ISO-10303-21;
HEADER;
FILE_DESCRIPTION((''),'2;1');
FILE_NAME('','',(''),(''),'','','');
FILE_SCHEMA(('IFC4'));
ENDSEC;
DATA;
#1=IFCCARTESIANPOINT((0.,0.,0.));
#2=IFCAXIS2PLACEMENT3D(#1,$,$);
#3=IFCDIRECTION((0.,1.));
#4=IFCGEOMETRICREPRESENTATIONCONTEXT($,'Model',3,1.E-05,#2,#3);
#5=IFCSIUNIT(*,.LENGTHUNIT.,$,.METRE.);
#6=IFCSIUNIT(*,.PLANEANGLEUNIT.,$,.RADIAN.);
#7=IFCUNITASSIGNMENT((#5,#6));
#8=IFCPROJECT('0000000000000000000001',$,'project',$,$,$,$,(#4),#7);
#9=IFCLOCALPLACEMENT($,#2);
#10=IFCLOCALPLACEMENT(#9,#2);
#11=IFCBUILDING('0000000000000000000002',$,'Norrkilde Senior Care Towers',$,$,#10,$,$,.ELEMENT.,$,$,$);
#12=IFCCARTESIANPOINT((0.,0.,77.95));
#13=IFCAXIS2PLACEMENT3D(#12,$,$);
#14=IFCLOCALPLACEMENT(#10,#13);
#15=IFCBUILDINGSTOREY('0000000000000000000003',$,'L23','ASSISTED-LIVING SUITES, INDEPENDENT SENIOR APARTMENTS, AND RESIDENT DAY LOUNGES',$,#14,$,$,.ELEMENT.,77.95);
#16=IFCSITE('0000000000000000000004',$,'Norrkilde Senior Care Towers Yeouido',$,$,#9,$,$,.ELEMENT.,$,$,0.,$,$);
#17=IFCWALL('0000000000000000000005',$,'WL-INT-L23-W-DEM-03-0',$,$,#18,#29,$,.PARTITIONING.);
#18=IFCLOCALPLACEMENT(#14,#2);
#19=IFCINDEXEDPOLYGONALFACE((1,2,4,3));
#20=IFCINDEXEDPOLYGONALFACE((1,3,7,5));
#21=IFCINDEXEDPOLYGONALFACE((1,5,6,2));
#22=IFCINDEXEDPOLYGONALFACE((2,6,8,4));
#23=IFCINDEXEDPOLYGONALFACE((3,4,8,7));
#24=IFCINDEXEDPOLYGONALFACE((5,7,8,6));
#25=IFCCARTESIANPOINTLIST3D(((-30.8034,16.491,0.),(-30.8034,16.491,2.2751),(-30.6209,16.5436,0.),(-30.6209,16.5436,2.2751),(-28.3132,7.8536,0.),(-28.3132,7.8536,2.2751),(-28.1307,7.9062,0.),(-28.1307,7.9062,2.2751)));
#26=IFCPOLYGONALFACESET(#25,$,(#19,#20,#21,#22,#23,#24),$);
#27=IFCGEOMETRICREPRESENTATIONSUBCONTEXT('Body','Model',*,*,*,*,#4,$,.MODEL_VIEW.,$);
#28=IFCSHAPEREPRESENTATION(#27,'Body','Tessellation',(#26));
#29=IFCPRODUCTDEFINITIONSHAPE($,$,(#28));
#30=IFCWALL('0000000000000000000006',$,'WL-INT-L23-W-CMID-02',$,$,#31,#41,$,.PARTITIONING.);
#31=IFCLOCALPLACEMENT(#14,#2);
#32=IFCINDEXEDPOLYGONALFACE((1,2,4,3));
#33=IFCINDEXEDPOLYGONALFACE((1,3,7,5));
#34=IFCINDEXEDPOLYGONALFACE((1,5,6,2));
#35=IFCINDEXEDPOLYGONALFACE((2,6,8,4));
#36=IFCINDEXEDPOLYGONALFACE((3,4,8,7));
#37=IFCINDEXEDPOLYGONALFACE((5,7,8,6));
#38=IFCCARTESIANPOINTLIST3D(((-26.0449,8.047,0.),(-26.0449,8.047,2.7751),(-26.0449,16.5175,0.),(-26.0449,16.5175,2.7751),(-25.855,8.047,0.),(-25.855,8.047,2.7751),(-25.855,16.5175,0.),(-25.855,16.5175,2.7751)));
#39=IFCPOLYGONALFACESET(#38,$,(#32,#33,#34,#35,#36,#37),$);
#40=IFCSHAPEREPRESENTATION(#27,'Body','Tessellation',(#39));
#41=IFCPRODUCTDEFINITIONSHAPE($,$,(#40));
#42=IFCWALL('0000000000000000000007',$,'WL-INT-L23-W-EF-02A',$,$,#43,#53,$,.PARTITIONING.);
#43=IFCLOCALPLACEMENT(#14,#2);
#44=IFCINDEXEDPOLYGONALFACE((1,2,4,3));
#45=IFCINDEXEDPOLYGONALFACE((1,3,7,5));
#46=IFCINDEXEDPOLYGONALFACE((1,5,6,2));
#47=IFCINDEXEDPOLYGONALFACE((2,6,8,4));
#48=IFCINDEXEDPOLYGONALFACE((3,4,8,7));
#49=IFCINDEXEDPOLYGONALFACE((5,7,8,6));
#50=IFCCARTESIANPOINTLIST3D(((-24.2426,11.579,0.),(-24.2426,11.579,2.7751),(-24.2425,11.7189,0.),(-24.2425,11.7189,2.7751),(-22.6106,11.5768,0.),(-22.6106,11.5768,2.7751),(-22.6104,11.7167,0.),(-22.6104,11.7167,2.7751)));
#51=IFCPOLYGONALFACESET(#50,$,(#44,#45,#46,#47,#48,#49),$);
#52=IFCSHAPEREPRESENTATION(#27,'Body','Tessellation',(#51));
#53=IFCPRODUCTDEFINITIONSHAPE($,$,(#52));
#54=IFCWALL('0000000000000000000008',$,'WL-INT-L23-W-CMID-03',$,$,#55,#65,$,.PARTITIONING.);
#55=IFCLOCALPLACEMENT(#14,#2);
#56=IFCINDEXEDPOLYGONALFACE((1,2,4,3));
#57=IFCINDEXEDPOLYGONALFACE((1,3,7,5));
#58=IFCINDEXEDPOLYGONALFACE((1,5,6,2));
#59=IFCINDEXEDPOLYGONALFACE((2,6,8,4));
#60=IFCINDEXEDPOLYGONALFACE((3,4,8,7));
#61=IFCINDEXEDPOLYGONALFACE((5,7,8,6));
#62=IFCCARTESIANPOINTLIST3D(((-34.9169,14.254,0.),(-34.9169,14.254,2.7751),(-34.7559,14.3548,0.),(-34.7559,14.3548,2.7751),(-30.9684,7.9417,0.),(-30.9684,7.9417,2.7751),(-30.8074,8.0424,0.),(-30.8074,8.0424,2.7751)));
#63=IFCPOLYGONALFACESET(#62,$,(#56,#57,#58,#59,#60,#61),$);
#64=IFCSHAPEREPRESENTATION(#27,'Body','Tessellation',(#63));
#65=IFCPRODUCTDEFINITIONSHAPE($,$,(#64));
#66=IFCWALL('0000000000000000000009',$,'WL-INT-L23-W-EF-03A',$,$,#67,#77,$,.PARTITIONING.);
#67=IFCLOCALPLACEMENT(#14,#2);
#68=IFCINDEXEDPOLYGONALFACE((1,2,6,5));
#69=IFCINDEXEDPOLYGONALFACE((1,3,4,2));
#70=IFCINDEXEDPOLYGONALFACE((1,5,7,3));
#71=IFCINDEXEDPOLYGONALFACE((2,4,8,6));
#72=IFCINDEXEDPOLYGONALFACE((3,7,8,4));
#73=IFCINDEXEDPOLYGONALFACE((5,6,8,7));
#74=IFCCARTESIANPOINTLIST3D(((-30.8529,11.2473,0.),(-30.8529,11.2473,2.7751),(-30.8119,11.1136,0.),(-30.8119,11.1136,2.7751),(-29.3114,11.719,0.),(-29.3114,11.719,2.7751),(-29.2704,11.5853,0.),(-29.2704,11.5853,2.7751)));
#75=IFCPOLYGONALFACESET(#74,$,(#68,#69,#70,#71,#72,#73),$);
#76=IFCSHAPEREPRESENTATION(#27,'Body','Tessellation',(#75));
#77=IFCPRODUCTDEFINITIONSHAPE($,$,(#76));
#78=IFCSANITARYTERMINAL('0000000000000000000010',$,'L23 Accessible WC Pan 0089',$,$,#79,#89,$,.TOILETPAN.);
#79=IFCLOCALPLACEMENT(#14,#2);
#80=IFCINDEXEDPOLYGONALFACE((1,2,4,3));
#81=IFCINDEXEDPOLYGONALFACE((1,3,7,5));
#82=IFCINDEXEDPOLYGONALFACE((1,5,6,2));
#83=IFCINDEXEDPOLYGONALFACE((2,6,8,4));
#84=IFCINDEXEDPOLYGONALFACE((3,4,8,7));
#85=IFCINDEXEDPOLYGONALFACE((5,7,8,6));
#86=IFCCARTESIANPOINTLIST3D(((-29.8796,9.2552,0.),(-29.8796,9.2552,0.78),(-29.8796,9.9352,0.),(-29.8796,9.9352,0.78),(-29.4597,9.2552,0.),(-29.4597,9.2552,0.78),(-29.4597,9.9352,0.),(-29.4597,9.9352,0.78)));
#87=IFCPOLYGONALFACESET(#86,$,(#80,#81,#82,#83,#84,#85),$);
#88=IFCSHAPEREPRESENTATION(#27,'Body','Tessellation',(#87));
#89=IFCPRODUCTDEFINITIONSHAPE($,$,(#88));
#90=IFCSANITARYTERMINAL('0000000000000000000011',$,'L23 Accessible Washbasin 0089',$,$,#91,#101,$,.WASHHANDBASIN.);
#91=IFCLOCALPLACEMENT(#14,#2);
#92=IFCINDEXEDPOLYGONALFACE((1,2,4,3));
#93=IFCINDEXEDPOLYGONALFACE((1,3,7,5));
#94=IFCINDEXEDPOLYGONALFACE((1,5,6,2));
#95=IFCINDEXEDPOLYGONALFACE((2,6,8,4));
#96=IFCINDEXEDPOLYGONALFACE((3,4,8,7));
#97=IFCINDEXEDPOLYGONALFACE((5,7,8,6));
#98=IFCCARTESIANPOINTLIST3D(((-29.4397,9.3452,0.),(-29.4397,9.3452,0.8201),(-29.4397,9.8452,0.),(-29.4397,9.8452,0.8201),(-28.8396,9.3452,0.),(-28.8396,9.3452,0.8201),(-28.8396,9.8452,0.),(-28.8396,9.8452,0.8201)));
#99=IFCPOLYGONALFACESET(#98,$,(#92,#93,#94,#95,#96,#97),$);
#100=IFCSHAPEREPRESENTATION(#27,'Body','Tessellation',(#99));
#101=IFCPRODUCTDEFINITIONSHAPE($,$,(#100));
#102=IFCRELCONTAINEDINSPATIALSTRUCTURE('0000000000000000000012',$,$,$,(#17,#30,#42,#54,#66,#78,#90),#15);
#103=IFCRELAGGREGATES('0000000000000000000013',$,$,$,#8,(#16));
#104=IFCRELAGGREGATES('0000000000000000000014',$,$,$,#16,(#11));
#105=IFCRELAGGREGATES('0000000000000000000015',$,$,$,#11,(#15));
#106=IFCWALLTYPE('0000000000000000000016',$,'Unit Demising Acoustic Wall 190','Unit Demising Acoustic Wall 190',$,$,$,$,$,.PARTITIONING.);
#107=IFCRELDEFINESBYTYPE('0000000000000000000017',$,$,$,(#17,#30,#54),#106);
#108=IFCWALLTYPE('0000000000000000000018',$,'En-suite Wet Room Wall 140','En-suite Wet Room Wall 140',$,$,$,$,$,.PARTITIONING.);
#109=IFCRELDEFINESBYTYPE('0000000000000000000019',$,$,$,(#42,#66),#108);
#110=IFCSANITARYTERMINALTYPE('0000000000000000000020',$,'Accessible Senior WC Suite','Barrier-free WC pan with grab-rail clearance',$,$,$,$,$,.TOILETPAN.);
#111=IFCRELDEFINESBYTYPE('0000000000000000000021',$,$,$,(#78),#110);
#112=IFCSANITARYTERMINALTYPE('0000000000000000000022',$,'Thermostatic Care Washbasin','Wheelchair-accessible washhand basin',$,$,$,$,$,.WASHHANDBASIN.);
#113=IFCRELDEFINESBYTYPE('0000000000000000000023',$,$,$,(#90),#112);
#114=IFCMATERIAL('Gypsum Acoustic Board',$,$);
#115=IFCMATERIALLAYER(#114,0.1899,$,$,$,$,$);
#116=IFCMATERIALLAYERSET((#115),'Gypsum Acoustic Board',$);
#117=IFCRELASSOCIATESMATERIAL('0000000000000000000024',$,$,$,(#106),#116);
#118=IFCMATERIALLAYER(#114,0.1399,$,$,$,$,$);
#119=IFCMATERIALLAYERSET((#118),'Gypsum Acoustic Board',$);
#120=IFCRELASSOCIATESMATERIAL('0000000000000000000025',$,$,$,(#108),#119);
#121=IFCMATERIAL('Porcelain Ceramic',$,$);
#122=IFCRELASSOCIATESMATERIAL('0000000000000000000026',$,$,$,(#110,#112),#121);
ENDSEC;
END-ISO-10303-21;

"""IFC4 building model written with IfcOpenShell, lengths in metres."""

from ifc_helpers import new_model, si_unit, direction, frame, frame_2d, origin, origin_2d, place, context, subcontext, project, spatial, rectangle, extrude, source, transform, mapped, material, layer, layer_set, type_object, type_shapes, element, save


model = new_model("IFC4")

# Units and contexts
model_context = context("Model", 3, precision=1e-05, world=origin(), true_north=direction((0.0, 1.0)))
body_context = subcontext(model_context, "Body", "Model", "MODEL_VIEW")
ifc_project = project(units=[si_unit("LENGTHUNIT", "METRE"), si_unit("PLANEANGLEUNIT", "RADIAN")], contexts=[model_context])

# Site, building, storey
site_placement = place(None, origin())
site = spatial("IfcSite", under=ifc_project, at=site_placement, Name="Norrkilde Senior Care Towers Yeouido", CompositionType="ELEMENT", RefElevation=0.0)
building_placement = place(site_placement, origin())
building = spatial("IfcBuilding", under=site, at=building_placement, Name="Norrkilde Senior Care Towers", CompositionType="ELEMENT")
storey_placement = place(building_placement, frame((0.0, 0.0, 77.95)))
storey = spatial("IfcBuildingStorey", under=building, at=storey_placement, Name="L23", Description="ASSISTED-LIVING SUITES, INDEPENDENT SENIOR APARTMENTS, AND RESIDENT DAY LOUNGES", CompositionType="ELEMENT", Elevation=77.95)

# Walls
ifc_material_1 = material(Name="Gypsum Acoustic Board")
ifc_layer_1 = layer(ifc_material_1, 0.1899)
ifc_layer_set_1 = layer_set([ifc_layer_1], Name="Gypsum Acoustic Board")
wall_type_1 = type_object("IfcWallType", Name="Unit Demising Acoustic Wall 190", Description="Unit Demising Acoustic Wall 190", PredefinedType="PARTITIONING", material=ifc_layer_set_1)
shared_shape_1 = source(origin(), body_context, "Body", "SweptSolid", [
    extrude(rectangle(XDim=8.9893, YDim=0.1899, at=frame_2d((4.4946, 0.0))), origin(), (0.0, 0.0, 1.0), 2.2751),
])
wall_1_placement = place(storey_placement, frame((-28.2219, 7.8799, 0.0), z_axis=(0.0, 0.0, 1.0), x_axis=(-0.277023, 0.960863, 0.0)))
element("IfcWall", 1, at=wall_1_placement, inside=storey, type_object=wall_type_1, Name="WL-INT-L23-W-DEM-03-0", PredefinedType="PARTITIONING", context=body_context, shape_type="MappedRepresentation", body=[
    mapped(shared_shape_1, transform((0.0, 0.0, 0.0), x_axis=(1.0, 0.0, 0.0), y_axis=(0.0, 1.0, 0.0), z_axis=(0.0, 0.0, 1.0), scale=1.0)),
])
shared_shape_2 = source(origin(), body_context, "Body", "SweptSolid", [
    extrude(rectangle(XDim=8.4705, YDim=0.1899, at=frame_2d((4.2354, 0.0))), origin(), (0.0, 0.0, 1.0), 2.7751),
])
wall_2_placement = place(storey_placement, frame((-25.95, 8.0469, 0.0), z_axis=(0.0, 0.0, 1.0), x_axis=(0.0, 1.0, 0.0)))
element("IfcWall", 2, at=wall_2_placement, inside=storey, type_object=wall_type_1, Name="WL-INT-L23-W-CMID-02", PredefinedType="PARTITIONING", context=body_context, shape_type="MappedRepresentation", body=[
    mapped(shared_shape_2, transform((0.0, 0.0, 0.0), x_axis=(1.0, 0.0, 0.0), y_axis=(0.0, 1.0, 0.0), z_axis=(0.0, 0.0, 1.0), scale=1.0)),
])
ifc_layer_2 = layer(ifc_material_1, 0.1399)
ifc_layer_set_2 = layer_set([ifc_layer_2], Name="Gypsum Acoustic Board")
wall_type_2 = type_object("IfcWallType", Name="En-suite Wet Room Wall 140", Description="En-suite Wet Room Wall 140", PredefinedType="PARTITIONING", material=ifc_layer_set_2)
shared_shape_3 = source(origin(), body_context, "Body", "SweptSolid", [
    extrude(rectangle(XDim=1.6321, YDim=0.1399, at=frame_2d((0.8159, 0.0))), origin(), (0.0, 0.0, 1.0), 2.7751),
])
wall_3_placement = place(storey_placement, frame((-24.2424, 11.6489, 0.0), z_axis=(0.0, 0.0, 1.0), x_axis=(0.999999, -0.001346, 0.0)))
element("IfcWall", 3, at=wall_3_placement, inside=storey, type_object=wall_type_2, Name="WL-INT-L23-W-EF-02A", PredefinedType="PARTITIONING", context=body_context, shape_type="MappedRepresentation", body=[
    mapped(shared_shape_3, transform((0.0, 0.0, 0.0), x_axis=(1.0, 0.0, 0.0), y_axis=(0.0, 1.0, 0.0), z_axis=(0.0, 0.0, 1.0), scale=1.0)),
])
shared_shape_4 = source(origin(), body_context, "Body", "SweptSolid", [
    extrude(rectangle(XDim=7.4456, YDim=0.1899, at=frame_2d((3.7227, 0.0))), origin(), (0.0, 0.0, 1.0), 2.7751),
])
type_shapes(wall_type_1, [shared_shape_1, shared_shape_2, shared_shape_4])
wall_4_placement = place(storey_placement, frame((-30.8879, 7.9922, 0.0), z_axis=(0.0, 0.0, 1.0), x_axis=(-0.53032, 0.847797, 0.0)))
element("IfcWall", 4, at=wall_4_placement, inside=storey, type_object=wall_type_1, Name="WL-INT-L23-W-CMID-03", PredefinedType="PARTITIONING", context=body_context, shape_type="MappedRepresentation", body=[
    mapped(shared_shape_4, transform((0.0, 0.0, 0.0), x_axis=(1.0, 0.0, 0.0), y_axis=(0.0, 1.0, 0.0), z_axis=(0.0, 0.0, 1.0), scale=1.0)),
])
shared_shape_5 = source(origin(), body_context, "Body", "SweptSolid", [
    extrude(rectangle(XDim=1.6121, YDim=0.1399, at=frame_2d((0.8062, 0.0))), origin(), (0.0, 0.0, 1.0), 2.7751),
])
type_shapes(wall_type_2, [shared_shape_3, shared_shape_5])
wall_5_placement = place(storey_placement, frame((-30.8325, 11.1804, 0.0), z_axis=(0.0, 0.0, 1.0), x_axis=(0.956236, 0.292596, 0.0)))
element("IfcWall", 5, at=wall_5_placement, inside=storey, type_object=wall_type_2, Name="WL-INT-L23-W-EF-03A", PredefinedType="PARTITIONING", context=body_context, shape_type="MappedRepresentation", body=[
    mapped(shared_shape_5, transform((0.0, 0.0, 0.0), x_axis=(1.0, 0.0, 0.0), y_axis=(0.0, 1.0, 0.0), z_axis=(0.0, 0.0, 1.0), scale=1.0)),
])

# Sanitary terminals
ifc_material_2 = material(Name="Porcelain Ceramic")
sanitary_terminal_type_1 = type_object("IfcSanitaryTerminalType", Name="Accessible Senior WC Suite", Description="Barrier-free WC pan with grab-rail clearance", PredefinedType="TOILETPAN", material=ifc_material_2)
shared_shape_6 = source(origin(), body_context, "Body", "SweptSolid", [
    extrude(rectangle(XDim=0.4199, YDim=0.6799, at=origin_2d()), origin(), (0.0, 0.0, 1.0), 0.78),
])
type_shapes(sanitary_terminal_type_1, [shared_shape_6])
sanitary_terminal_1_placement = place(storey_placement, frame((-29.6697, 9.5952, 0.0), z_axis=(0.0, 0.0, 1.0), x_axis=(1.0, 0.0, 0.0)))
element("IfcSanitaryTerminal", 6, at=sanitary_terminal_1_placement, inside=storey, type_object=sanitary_terminal_type_1, Name="L23 Accessible WC Pan 0089", PredefinedType="TOILETPAN", context=body_context, shape_type="MappedRepresentation", body=[
    mapped(shared_shape_6, transform((0.0, 0.0, 0.0), x_axis=(1.0, 0.0, 0.0), y_axis=(0.0, 1.0, 0.0), z_axis=(0.0, 0.0, 1.0), scale=1.0)),
])
sanitary_terminal_type_2 = type_object("IfcSanitaryTerminalType", Name="Thermostatic Care Washbasin", Description="Wheelchair-accessible washhand basin", PredefinedType="WASHHANDBASIN", material=ifc_material_2)
shared_shape_7 = source(origin(), body_context, "Body", "SweptSolid", [
    extrude(rectangle(XDim=0.6001, YDim=0.5, at=origin_2d()), origin(), (0.0, 0.0, 1.0), 0.8201),
])
type_shapes(sanitary_terminal_type_2, [shared_shape_7])
sanitary_terminal_2_placement = place(storey_placement, frame((-29.1396, 9.5952, 0.0), z_axis=(0.0, 0.0, 1.0), x_axis=(1.0, 0.0, 0.0)))
element("IfcSanitaryTerminal", 7, at=sanitary_terminal_2_placement, inside=storey, type_object=sanitary_terminal_type_2, Name="L23 Accessible Washbasin 0089", PredefinedType="WASHHANDBASIN", context=body_context, shape_type="MappedRepresentation", body=[
    mapped(shared_shape_7, transform((0.0, 0.0, 0.0), x_axis=(1.0, 0.0, 0.0), y_axis=(0.0, 1.0, 0.0), z_axis=(0.0, 0.0, 1.0), scale=1.0)),
])

save(model, "model.ifc")
